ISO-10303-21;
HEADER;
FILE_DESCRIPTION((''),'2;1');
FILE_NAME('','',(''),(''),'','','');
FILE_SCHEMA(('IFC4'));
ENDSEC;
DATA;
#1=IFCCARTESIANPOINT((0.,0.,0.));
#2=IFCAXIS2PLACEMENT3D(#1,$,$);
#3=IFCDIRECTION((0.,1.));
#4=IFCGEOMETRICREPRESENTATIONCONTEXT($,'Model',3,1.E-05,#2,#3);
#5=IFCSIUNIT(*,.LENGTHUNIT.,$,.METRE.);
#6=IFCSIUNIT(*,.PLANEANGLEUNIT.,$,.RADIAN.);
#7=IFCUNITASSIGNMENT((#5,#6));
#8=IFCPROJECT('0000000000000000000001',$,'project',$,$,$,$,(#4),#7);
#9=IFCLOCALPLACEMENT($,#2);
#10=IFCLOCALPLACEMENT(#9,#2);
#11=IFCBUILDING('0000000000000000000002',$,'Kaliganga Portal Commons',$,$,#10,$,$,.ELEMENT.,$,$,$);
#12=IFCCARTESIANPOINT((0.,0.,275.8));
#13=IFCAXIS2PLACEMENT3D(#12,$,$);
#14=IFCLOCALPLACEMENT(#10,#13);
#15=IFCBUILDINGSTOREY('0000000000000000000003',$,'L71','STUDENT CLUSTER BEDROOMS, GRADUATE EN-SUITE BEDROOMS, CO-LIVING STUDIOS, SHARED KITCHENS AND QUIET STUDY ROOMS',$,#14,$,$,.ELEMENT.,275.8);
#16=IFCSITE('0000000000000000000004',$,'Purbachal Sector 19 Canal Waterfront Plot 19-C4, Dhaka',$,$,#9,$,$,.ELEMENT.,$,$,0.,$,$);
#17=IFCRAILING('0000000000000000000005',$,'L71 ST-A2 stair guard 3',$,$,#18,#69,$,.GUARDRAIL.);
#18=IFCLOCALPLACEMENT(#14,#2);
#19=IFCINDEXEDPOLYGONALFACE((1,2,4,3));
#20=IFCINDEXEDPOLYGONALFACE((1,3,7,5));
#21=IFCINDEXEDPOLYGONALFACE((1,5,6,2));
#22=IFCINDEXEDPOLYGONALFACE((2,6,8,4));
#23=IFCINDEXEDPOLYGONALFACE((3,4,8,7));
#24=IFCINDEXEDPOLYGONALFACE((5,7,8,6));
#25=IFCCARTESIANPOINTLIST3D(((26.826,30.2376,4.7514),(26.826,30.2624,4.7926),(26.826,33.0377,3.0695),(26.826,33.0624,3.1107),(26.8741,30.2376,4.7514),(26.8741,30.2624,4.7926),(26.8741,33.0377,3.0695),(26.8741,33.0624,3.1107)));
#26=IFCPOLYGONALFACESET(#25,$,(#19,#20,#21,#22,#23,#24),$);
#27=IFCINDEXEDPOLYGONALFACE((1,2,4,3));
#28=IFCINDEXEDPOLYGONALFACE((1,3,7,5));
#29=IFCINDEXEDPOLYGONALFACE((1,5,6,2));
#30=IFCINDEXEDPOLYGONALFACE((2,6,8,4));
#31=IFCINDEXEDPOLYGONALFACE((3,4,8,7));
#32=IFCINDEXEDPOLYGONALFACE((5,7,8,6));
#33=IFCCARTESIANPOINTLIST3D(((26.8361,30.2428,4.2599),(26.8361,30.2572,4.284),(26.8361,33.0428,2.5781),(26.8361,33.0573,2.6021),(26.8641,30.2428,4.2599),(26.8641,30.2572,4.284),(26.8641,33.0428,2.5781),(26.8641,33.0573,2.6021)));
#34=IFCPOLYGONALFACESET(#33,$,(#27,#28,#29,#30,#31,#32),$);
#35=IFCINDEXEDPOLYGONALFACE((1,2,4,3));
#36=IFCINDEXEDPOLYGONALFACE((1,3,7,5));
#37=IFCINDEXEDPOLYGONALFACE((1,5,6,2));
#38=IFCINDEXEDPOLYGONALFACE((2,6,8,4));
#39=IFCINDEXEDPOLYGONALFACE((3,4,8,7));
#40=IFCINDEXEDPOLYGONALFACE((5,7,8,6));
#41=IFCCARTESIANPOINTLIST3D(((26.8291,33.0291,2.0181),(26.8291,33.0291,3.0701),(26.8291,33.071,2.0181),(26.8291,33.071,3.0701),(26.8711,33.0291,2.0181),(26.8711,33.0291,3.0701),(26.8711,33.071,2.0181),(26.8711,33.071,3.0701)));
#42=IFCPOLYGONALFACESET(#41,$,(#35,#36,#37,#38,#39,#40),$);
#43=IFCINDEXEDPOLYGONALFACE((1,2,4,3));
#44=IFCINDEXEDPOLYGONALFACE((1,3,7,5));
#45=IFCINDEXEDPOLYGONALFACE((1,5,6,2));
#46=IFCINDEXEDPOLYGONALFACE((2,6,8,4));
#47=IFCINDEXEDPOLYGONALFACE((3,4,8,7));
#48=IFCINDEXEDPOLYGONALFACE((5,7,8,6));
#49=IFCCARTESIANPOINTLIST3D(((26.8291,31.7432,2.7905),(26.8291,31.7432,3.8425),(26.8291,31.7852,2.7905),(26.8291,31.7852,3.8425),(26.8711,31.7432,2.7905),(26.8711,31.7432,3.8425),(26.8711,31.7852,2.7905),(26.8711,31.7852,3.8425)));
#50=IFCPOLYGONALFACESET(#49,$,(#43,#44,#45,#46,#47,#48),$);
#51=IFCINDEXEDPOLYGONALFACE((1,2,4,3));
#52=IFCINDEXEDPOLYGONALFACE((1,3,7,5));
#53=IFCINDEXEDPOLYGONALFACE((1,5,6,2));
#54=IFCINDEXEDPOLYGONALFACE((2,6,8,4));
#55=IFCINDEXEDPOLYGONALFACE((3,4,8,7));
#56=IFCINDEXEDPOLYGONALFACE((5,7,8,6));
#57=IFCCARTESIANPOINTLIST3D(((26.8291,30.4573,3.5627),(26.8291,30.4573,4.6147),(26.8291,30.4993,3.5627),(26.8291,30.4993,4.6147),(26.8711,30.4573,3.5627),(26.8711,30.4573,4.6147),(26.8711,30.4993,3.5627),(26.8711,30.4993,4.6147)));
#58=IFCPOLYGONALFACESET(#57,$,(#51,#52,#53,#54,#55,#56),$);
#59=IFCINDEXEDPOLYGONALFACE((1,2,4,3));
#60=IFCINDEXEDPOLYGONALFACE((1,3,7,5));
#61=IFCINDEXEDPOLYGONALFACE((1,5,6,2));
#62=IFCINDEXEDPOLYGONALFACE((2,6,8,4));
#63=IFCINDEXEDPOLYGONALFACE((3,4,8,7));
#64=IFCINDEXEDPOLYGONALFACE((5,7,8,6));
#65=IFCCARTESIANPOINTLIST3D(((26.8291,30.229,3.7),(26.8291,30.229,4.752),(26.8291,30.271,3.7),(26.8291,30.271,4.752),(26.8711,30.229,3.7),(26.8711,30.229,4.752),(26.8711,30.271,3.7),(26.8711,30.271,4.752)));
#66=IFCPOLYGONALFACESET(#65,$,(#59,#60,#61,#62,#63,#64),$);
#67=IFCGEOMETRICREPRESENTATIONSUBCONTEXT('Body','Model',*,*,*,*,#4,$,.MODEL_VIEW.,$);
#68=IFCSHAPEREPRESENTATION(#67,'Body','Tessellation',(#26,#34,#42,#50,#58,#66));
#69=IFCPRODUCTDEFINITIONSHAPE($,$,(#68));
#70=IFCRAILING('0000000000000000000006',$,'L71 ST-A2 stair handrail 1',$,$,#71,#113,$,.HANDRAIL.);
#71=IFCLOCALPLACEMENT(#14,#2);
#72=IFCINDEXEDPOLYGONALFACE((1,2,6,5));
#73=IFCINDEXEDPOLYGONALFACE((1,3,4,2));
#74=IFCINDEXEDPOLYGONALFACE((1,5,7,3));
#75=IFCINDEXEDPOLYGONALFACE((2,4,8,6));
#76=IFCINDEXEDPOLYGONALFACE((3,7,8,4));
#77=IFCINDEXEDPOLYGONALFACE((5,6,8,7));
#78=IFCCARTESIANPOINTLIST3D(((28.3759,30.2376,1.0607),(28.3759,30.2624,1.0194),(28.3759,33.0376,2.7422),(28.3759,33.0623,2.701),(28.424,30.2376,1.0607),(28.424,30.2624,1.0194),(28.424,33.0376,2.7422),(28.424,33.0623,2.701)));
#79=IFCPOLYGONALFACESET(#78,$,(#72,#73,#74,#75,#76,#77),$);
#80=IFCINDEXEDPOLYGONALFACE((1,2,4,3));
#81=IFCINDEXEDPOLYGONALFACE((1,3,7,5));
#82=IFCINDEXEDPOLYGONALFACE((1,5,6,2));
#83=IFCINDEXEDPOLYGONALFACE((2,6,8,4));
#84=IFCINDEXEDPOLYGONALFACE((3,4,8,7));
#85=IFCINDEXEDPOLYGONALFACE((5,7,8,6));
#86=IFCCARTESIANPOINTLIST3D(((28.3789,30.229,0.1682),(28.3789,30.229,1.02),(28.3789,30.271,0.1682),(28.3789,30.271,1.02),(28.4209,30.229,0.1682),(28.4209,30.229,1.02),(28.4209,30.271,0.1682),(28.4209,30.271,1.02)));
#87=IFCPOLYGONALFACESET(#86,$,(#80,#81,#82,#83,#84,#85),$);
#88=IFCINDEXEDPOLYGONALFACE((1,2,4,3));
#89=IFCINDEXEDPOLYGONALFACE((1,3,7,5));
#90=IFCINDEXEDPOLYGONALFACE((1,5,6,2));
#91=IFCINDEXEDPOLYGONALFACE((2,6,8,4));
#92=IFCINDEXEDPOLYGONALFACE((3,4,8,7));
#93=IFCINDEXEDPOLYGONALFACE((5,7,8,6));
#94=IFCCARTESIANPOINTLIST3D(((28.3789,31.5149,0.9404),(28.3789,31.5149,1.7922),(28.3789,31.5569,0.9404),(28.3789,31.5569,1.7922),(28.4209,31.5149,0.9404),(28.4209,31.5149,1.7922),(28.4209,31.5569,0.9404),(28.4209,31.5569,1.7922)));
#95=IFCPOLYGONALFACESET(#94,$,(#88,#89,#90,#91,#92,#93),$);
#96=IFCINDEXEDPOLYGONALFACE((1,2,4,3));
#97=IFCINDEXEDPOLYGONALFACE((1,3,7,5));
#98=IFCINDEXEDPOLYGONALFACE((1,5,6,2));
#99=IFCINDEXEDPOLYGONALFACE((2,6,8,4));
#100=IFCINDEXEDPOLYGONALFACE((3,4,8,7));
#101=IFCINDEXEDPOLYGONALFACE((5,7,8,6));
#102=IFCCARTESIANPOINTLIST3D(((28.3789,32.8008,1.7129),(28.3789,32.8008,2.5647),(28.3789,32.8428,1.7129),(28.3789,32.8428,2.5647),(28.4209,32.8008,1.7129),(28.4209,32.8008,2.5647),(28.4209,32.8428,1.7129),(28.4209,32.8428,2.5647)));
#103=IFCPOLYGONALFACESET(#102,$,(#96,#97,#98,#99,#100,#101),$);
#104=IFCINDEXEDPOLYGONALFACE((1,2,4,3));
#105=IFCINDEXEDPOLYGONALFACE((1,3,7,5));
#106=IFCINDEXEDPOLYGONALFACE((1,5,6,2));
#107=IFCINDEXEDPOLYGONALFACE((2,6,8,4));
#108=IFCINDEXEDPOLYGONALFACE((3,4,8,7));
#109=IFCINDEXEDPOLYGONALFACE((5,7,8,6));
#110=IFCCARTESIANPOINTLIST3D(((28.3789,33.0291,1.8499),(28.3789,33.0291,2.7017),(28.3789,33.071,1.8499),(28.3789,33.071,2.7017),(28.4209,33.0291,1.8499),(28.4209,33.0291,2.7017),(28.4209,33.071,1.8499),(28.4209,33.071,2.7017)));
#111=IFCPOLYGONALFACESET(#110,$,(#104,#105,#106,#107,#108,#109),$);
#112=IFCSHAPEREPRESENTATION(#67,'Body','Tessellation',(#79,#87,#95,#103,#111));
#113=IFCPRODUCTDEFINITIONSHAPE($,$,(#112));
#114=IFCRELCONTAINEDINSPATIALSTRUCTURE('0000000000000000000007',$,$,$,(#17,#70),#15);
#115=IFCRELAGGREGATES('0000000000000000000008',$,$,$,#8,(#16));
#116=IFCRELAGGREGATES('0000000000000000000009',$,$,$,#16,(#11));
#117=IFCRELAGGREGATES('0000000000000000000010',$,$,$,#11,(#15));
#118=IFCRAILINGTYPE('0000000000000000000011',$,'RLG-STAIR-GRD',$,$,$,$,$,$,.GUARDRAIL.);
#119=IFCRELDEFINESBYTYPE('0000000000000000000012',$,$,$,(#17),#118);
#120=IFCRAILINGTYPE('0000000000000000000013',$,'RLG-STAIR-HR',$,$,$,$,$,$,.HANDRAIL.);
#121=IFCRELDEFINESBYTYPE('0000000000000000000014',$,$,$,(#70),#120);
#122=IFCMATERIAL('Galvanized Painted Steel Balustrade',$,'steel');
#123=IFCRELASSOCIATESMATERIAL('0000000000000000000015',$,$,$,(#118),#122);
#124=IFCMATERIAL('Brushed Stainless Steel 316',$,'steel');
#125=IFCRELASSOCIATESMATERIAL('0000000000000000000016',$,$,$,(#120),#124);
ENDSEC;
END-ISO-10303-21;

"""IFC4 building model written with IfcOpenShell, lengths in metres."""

from ifc_helpers import new_model, si_unit, direction, frame, origin, origin_2d, place, context, subcontext, project, spatial, rectangle, extrude, material, type_object, element, save


model = new_model("IFC4")

# Units and contexts
model_context = context("Model", 3, precision=1e-05, world=origin(), true_north=direction((0.0, 1.0)))
body_context = subcontext(model_context, "Body", "Model", "MODEL_VIEW")
ifc_project = project(units=[si_unit("LENGTHUNIT", "METRE"), si_unit("PLANEANGLEUNIT", "RADIAN")], contexts=[model_context])

# Site, building, storey
site_placement = place(None, origin())
site = spatial("IfcSite", under=ifc_project, at=site_placement, Name="Purbachal Sector 19 Canal Waterfront Plot 19-C4, Dhaka", CompositionType="ELEMENT", RefElevation=0.0)
building_placement = place(site_placement, origin())
building = spatial("IfcBuilding", under=site, at=building_placement, Name="Kaliganga Portal Commons", CompositionType="ELEMENT")
storey_placement = place(building_placement, frame((0.0, 0.0, 275.8)))
storey = spatial("IfcBuildingStorey", under=building, at=storey_placement, Name="L71", Description="STUDENT CLUSTER BEDROOMS, GRADUATE EN-SUITE BEDROOMS, CO-LIVING STUDIOS, SHARED KITCHENS AND QUIET STUDY ROOMS", CompositionType="ELEMENT", Elevation=275.8)

# Railings
ifc_material_1 = material(Name="Galvanized Painted Steel Balustrade", Category="steel")
railing_type_1 = type_object("IfcRailingType", Name="RLG-STAIR-GRD", PredefinedType="GUARDRAIL", material=ifc_material_1)
railing_1_placement = place(storey_placement, frame((26.8501, 33.05, 2.0181)))
element("IfcRailing", 1, at=railing_1_placement, inside=storey, type_object=railing_type_1, Name="L71 ST-A2 stair guard 3", PredefinedType="GUARDRAIL", context=body_context, shape_type="SweptSolid", body=[
    extrude(rectangle(XDim=0.0481, YDim=0.0481, at=origin_2d()), frame((0.0, 0.0, 1.072), z_axis=(0.0, -0.857242, 0.514913), x_axis=(1.0, 0.0, 0.0)), (0.0, 0.0, 1.0), 3.2664),
    extrude(rectangle(XDim=0.0281, YDim=0.0281, at=origin_2d()), frame((0.0, 0.0, 0.572), z_axis=(0.0, -0.857242, 0.514913), x_axis=(1.0, 0.0, 0.0)), (0.0, 0.0, 1.0), 3.2664),
    extrude(rectangle(XDim=0.042, YDim=0.042, at=origin_2d()), origin(), (0.0, 0.0, 1.0), 1.052),
    extrude(rectangle(XDim=0.042, YDim=0.042, at=origin_2d()), frame((0.0, -1.2859, 0.7725)), (0.0, 0.0, 1.0), 1.052),
    extrude(rectangle(XDim=0.042, YDim=0.042, at=origin_2d()), frame((0.0, -2.5718, 1.5447)), (0.0, 0.0, 1.0), 1.052),
    extrude(rectangle(XDim=0.042, YDim=0.042, at=origin_2d()), frame((0.0, -2.8, 1.6819)), (0.0, 0.0, 1.0), 1.052),
])
ifc_material_2 = material(Name="Brushed Stainless Steel 316", Category="steel")
railing_type_2 = type_object("IfcRailingType", Name="RLG-STAIR-HR", PredefinedType="HANDRAIL", material=ifc_material_2)
railing_2_placement = place(storey_placement, frame((28.3999, 30.25, 0.1682)))
element("IfcRailing", 2, at=railing_2_placement, inside=storey, type_object=railing_type_2, Name="L71 ST-A2 stair handrail 1", PredefinedType="HANDRAIL", context=body_context, shape_type="SweptSolid", body=[
    extrude(rectangle(XDim=0.0481, YDim=0.0481, at=origin_2d()), frame((0.0, 0.0, 0.8718), z_axis=(0.0, 0.857275, 0.514858), x_axis=(-1.0, 0.0, 0.0)), (0.0, 0.0, 1.0), 3.2661),
    extrude(rectangle(XDim=0.042, YDim=0.042, at=origin_2d()), origin(), (0.0, 0.0, 1.0), 0.8518),
    extrude(rectangle(XDim=0.042, YDim=0.042, at=origin_2d()), frame((0.0, 1.2859, 0.7722)), (0.0, 0.0, 1.0), 0.8518),
    extrude(rectangle(XDim=0.042, YDim=0.042, at=origin_2d()), frame((0.0, 2.5718, 1.5447)), (0.0, 0.0, 1.0), 0.8518),
    extrude(rectangle(XDim=0.042, YDim=0.042, at=origin_2d()), frame((0.0, 2.8, 1.6816)), (0.0, 0.0, 1.0), 0.8518),
])

save(model, "model.ifc")
